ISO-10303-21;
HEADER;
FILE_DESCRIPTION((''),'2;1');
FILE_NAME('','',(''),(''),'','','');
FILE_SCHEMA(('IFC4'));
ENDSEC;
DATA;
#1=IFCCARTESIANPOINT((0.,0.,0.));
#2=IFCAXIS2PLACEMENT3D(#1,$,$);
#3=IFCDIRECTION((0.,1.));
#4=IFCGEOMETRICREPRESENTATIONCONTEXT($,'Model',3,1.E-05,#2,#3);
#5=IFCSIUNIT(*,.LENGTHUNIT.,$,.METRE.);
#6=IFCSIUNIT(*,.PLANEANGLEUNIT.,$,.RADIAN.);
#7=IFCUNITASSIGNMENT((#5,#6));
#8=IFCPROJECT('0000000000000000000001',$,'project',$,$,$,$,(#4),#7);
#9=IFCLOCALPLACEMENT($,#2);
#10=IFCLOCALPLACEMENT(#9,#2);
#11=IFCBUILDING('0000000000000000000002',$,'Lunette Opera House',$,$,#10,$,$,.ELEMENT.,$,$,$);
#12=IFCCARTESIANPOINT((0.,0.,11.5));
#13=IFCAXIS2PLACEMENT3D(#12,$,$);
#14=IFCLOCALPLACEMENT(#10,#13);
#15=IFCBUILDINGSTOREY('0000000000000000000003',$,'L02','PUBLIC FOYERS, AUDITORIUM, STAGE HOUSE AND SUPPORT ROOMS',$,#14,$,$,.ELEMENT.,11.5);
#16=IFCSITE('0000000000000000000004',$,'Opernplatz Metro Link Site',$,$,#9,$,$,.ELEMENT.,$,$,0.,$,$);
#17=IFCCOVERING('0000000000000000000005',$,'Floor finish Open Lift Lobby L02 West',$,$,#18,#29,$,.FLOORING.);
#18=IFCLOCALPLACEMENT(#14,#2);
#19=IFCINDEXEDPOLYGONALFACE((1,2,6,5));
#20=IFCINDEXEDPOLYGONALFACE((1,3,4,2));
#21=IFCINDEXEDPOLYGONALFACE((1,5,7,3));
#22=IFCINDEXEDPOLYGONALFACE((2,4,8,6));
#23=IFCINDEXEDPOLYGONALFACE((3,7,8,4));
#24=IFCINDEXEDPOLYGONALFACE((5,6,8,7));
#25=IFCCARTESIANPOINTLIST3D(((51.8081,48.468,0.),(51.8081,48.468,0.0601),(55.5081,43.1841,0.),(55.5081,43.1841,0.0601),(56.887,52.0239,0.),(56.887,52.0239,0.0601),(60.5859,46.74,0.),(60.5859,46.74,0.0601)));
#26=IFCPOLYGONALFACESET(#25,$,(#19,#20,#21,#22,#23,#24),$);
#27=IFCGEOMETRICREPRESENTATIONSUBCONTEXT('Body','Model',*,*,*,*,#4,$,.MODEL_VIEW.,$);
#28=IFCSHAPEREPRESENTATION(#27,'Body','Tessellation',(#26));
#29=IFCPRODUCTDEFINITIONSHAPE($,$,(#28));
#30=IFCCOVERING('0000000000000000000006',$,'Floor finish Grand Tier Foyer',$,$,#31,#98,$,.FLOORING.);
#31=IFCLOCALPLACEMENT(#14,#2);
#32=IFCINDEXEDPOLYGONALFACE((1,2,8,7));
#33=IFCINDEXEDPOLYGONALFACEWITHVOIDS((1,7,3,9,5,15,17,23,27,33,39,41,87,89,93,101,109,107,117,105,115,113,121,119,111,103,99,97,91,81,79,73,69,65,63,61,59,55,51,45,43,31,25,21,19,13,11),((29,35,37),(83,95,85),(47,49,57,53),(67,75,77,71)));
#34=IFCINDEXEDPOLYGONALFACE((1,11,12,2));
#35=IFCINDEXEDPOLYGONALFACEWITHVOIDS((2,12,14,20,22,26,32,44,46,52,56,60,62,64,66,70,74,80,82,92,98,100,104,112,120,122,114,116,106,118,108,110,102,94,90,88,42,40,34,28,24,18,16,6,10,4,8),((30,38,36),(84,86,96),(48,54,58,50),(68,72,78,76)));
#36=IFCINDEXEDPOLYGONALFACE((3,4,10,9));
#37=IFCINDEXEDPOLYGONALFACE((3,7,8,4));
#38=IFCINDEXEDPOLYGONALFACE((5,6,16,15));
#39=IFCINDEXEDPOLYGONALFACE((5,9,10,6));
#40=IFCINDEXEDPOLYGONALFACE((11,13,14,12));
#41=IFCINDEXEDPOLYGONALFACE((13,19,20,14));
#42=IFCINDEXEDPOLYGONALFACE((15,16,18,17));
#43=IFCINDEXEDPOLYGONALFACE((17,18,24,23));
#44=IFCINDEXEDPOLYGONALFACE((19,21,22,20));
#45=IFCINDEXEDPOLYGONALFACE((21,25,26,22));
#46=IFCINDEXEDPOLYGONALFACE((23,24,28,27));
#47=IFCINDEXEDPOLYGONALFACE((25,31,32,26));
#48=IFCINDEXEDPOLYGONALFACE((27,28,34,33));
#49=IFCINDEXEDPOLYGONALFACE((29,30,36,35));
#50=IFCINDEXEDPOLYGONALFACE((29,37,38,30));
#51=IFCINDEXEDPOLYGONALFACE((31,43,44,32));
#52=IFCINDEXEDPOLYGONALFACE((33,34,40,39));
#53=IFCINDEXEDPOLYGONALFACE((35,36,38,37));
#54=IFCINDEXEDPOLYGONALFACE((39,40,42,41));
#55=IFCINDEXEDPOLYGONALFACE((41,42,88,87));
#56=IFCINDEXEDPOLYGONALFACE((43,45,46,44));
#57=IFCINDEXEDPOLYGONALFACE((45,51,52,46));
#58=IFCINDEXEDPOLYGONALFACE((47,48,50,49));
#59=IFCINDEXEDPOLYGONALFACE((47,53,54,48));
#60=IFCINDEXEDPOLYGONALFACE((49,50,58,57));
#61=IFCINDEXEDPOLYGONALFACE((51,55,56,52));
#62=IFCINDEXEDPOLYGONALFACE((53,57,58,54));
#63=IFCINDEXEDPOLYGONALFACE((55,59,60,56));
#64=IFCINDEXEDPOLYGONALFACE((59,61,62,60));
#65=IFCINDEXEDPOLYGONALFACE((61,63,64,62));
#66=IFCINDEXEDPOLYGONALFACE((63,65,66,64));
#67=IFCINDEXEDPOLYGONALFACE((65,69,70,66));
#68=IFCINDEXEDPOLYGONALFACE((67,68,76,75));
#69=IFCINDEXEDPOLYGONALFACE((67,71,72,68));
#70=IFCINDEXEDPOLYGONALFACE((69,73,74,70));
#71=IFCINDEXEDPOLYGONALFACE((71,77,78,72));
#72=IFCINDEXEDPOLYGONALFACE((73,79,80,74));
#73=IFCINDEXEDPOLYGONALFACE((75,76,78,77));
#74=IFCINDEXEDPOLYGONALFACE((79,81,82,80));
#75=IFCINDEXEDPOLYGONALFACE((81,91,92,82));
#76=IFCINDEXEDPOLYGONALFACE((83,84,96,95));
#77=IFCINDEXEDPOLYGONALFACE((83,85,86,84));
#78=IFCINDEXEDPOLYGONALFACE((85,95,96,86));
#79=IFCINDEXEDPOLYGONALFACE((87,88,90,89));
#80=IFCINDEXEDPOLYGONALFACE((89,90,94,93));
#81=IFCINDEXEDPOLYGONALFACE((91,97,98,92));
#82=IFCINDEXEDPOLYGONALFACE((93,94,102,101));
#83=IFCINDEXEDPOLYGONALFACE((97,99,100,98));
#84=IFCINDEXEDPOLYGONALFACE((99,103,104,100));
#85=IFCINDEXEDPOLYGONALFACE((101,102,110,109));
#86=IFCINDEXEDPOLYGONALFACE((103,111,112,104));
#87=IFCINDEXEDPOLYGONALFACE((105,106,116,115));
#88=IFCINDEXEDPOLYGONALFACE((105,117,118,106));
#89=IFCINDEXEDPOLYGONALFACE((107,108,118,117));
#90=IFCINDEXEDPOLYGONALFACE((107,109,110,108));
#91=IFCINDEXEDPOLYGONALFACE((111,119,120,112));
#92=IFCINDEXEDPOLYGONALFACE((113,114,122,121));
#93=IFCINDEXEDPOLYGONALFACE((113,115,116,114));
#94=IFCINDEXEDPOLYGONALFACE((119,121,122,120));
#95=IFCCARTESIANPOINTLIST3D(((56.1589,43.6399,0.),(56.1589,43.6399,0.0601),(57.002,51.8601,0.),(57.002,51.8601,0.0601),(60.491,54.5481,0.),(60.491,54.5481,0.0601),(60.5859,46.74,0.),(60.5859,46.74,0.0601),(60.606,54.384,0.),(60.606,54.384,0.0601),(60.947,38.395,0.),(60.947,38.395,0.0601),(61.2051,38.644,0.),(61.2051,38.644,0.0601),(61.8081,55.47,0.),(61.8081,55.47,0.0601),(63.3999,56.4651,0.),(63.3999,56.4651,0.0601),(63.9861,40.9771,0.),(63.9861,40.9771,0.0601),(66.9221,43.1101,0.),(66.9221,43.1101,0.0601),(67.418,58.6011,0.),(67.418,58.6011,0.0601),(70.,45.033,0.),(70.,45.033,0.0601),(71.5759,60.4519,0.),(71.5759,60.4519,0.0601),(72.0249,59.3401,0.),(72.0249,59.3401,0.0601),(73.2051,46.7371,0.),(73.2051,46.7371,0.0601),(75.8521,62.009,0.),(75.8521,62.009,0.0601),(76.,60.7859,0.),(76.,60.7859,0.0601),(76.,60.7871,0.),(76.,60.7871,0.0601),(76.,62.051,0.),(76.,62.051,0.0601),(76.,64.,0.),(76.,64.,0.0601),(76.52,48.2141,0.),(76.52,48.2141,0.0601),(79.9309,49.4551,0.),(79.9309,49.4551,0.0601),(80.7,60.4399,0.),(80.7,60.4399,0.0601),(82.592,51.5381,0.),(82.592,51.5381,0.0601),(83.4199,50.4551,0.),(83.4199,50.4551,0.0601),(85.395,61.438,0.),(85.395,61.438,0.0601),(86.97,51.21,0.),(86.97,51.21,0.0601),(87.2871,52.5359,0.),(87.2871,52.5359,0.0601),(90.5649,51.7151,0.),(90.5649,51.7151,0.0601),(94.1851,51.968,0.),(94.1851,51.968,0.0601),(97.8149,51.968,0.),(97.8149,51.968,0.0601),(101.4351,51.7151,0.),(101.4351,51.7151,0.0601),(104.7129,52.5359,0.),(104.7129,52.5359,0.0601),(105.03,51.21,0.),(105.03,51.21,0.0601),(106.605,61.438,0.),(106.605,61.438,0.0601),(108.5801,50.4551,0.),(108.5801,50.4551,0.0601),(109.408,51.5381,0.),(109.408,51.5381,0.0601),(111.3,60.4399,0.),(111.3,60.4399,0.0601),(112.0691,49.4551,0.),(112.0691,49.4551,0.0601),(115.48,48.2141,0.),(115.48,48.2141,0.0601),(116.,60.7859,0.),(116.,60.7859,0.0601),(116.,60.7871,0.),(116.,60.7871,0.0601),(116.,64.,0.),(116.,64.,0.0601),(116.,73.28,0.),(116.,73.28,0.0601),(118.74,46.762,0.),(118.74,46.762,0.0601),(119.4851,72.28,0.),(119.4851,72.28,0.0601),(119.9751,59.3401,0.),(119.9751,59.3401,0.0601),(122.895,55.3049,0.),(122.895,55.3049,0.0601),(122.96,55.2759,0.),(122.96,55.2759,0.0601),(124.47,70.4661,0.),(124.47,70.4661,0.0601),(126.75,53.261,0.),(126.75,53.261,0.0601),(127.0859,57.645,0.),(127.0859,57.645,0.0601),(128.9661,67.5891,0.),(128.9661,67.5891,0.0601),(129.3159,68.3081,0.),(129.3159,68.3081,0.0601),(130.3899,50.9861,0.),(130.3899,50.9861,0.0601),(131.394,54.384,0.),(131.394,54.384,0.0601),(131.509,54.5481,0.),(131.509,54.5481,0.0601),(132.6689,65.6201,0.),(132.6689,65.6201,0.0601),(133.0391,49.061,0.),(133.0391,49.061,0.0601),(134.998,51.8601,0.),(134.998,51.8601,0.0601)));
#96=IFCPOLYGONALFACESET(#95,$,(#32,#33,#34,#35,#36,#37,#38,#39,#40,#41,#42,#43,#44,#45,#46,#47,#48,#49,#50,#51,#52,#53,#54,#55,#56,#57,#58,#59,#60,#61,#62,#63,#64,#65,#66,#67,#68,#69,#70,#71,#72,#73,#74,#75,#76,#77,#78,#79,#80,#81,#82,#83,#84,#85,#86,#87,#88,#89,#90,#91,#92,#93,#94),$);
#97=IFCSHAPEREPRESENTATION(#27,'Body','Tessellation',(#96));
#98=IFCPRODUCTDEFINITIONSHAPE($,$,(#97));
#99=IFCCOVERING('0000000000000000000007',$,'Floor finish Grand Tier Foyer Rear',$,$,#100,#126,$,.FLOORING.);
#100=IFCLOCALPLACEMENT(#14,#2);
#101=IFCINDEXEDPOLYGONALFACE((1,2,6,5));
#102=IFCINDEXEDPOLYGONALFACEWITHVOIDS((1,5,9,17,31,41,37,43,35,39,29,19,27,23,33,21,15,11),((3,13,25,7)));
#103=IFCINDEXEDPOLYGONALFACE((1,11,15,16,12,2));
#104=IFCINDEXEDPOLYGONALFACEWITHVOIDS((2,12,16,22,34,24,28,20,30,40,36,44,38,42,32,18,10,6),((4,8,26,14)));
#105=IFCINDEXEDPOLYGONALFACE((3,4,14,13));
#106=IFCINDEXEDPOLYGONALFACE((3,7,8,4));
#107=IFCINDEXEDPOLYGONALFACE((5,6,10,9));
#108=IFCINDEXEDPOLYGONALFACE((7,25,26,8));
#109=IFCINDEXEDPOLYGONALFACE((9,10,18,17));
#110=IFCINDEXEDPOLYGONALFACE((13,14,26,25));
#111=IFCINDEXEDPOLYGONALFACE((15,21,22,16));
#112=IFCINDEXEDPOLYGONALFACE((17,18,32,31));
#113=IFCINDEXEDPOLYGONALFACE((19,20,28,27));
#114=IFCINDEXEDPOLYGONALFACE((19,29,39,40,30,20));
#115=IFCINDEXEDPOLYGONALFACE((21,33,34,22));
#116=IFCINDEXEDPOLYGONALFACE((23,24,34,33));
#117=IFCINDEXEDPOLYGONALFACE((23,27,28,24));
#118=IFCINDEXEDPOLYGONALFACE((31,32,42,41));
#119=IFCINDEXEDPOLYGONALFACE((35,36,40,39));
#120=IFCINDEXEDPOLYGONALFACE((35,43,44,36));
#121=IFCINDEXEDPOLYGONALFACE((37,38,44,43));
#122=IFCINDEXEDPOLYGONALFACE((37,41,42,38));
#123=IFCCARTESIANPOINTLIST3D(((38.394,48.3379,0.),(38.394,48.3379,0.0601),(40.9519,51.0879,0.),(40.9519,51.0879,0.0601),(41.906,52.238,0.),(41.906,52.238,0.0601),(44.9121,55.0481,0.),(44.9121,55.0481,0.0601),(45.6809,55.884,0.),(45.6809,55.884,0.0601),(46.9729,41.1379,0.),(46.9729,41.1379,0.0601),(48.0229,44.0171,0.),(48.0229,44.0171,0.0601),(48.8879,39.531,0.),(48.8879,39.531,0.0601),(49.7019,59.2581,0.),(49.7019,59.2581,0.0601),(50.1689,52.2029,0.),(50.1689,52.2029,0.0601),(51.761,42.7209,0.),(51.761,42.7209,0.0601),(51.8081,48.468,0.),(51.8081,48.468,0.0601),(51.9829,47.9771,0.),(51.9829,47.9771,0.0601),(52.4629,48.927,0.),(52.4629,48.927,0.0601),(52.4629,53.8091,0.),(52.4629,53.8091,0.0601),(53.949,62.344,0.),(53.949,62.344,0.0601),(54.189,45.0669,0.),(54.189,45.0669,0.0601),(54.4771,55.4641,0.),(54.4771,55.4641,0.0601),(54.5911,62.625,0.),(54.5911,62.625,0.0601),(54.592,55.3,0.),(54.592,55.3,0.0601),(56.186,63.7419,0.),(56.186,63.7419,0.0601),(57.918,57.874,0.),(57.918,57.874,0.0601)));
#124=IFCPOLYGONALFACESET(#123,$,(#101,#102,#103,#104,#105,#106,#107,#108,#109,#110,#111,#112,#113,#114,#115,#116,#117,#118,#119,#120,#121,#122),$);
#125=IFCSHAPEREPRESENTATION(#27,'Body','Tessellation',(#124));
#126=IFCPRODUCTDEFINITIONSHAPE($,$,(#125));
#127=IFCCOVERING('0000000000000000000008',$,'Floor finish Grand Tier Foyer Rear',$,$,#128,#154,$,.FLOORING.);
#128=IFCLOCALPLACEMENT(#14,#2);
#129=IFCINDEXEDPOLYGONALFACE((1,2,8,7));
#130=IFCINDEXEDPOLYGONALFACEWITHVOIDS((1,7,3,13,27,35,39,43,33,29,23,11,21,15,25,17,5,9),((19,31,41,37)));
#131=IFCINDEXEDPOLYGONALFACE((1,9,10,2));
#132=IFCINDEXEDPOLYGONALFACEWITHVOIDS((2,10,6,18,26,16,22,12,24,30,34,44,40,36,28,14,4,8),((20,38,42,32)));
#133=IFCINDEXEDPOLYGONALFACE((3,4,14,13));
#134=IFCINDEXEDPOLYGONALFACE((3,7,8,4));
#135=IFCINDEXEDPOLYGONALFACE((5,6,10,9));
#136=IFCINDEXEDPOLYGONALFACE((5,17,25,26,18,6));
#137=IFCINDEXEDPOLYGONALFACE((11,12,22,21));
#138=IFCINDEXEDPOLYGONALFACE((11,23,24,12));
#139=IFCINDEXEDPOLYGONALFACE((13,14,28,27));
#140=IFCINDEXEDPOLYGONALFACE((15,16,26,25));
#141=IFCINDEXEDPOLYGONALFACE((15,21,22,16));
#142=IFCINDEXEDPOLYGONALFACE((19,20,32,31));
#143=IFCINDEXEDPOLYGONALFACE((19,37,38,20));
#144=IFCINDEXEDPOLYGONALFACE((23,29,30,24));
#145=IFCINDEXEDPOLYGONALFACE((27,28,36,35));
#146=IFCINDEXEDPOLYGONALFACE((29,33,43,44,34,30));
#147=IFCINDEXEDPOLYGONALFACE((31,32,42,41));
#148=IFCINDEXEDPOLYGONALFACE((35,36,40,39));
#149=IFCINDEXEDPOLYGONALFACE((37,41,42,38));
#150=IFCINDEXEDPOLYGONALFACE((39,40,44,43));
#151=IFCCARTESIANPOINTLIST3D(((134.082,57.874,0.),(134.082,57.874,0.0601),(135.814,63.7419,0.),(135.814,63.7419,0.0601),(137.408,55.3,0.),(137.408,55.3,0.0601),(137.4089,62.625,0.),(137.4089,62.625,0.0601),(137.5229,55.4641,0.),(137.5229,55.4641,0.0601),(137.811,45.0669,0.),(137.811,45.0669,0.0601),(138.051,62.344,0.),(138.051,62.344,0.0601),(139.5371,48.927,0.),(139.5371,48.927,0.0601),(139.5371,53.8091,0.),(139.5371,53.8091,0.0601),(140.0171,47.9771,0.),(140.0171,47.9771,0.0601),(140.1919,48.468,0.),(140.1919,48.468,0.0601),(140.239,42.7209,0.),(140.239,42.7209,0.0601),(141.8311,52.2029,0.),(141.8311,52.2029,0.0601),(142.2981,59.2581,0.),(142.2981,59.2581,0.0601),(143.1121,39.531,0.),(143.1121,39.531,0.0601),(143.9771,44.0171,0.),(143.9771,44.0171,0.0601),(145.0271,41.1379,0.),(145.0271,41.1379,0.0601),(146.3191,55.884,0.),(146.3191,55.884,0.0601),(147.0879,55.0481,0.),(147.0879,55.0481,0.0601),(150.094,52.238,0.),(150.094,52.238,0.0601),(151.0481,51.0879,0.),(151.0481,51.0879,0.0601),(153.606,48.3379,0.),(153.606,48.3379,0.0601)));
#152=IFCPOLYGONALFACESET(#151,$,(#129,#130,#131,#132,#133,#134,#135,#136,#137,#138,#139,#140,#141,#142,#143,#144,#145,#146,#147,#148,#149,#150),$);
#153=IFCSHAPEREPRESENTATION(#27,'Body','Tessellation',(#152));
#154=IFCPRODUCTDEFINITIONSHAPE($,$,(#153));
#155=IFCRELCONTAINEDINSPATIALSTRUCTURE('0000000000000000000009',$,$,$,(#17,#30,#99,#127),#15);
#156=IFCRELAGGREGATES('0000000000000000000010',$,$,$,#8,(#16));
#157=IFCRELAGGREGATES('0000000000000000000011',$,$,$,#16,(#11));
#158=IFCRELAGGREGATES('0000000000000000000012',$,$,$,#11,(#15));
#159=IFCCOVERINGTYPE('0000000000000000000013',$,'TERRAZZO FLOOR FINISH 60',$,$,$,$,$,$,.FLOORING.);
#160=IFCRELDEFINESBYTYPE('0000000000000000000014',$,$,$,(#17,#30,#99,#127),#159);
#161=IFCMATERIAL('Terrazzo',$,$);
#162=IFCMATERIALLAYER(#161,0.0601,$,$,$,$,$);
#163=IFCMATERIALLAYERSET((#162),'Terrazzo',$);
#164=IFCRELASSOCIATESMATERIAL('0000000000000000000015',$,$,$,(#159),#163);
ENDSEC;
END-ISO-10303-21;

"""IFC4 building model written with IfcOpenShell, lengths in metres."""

from ifc_helpers import new_model, si_unit, direction, frame, origin, place, context, subcontext, project, spatial, polyline, outline, extrude, material, layer, layer_set, type_object, element, save


model = new_model("IFC4")

# Units and contexts
model_context = context("Model", 3, precision=1e-05, world=origin(), true_north=direction((0.0, 1.0)))
body_context = subcontext(model_context, "Body", "Model", "MODEL_VIEW")
ifc_project = project(units=[si_unit("LENGTHUNIT", "METRE"), si_unit("PLANEANGLEUNIT", "RADIAN")], contexts=[model_context])

# Site, building, storey
site_placement = place(None, origin())
site = spatial("IfcSite", under=ifc_project, at=site_placement, Name="Opernplatz Metro Link Site", CompositionType="ELEMENT", RefElevation=0.0)
building_placement = place(site_placement, origin())
building = spatial("IfcBuilding", under=site, at=building_placement, Name="Lunette Opera House", CompositionType="ELEMENT")
storey_placement = place(building_placement, frame((0.0, 0.0, 11.5)))
storey = spatial("IfcBuildingStorey", under=building, at=storey_placement, Name="L02", Description="PUBLIC FOYERS, AUDITORIUM, STAGE HOUSE AND SUPPORT ROOMS", CompositionType="ELEMENT", Elevation=11.5)

# Coverings
ifc_material_1 = material(Name="Terrazzo")
ifc_layer_1 = layer(ifc_material_1, 0.0601)
ifc_layer_set_1 = layer_set([ifc_layer_1], Name="Terrazzo")
covering_type_1 = type_object("IfcCoveringType", Name="TERRAZZO FLOOR FINISH 60", PredefinedType="FLOORING", material=ifc_layer_set_1)
covering_1_placement = place(storey_placement, origin())
element("IfcCovering", 1, at=covering_1_placement, inside=storey, type_object=covering_type_1, Name="Floor finish Open Lift Lobby L02 West", PredefinedType="FLOORING", context=body_context, shape_type="SweptSolid", body=[
    extrude(outline(polyline([(60.5859, 46.74), (56.887, 52.0239), (51.8081, 48.468), (55.5081, 43.1841), (60.5859, 46.74)])), origin(), (0.0, 0.0, 1.0), 0.0601),
])
covering_2_placement = place(storey_placement, origin())
element("IfcCovering", 2, at=covering_2_placement, inside=storey, type_object=covering_type_1, Name="Floor finish Grand Tier Foyer", PredefinedType="FLOORING", context=body_context, shape_type="SweptSolid", body=[
    extrude(outline(polyline([(56.1589, 43.6399), (60.5859, 46.74), (57.002, 51.8601), (60.606, 54.384), (60.491, 54.5481), (61.8081, 55.47), (63.3999, 56.4651), (67.418, 58.6011), (71.5759, 60.4519), (75.8521, 62.009), (76.0, 62.051), (76.0, 64.0), (116.0, 64.0), (116.0, 73.28), (119.4851, 72.28), (124.47, 70.4661), (129.3159, 68.3081), (128.9661, 67.5891), (132.6689, 65.6201), (127.0859, 57.645), (131.509, 54.5481), (131.394, 54.384), (134.998, 51.8601), (133.0391, 49.061), (130.3899, 50.9861), (126.75, 53.261), (122.96, 55.2759), (122.895, 55.3049), (118.74, 46.762), (115.48, 48.2141), (112.0691, 49.4551), (108.5801, 50.4551), (105.03, 51.21), (101.4351, 51.7151), (97.8149, 51.968), (94.1851, 51.968), (90.5649, 51.7151), (86.97, 51.21), (83.4199, 50.4551), (79.9309, 49.4551), (76.52, 48.2141), (73.2051, 46.7371), (70.0, 45.033), (66.9221, 43.1101), (63.9861, 40.9771), (61.2051, 38.644), (60.947, 38.395), (56.1589, 43.6399)]), holes=[polyline([(119.9751, 59.3401), (116.0, 60.7871), (116.0, 60.7859), (119.9751, 59.3401)]), polyline([(106.605, 61.438), (104.7129, 52.5359), (109.408, 51.5381), (111.3, 60.4399), (106.605, 61.438)]), polyline([(80.7, 60.4399), (82.592, 51.5381), (87.2871, 52.5359), (85.395, 61.438), (80.7, 60.4399)]), polyline([(76.0, 60.7859), (76.0, 60.7871), (72.0249, 59.3401), (76.0, 60.7859)])]), origin(), (0.0, 0.0, 1.0), 0.0601),
])
covering_3_placement = place(storey_placement, origin())
element("IfcCovering", 3, at=covering_3_placement, inside=storey, type_object=covering_type_1, Name="Floor finish Grand Tier Foyer Rear", PredefinedType="FLOORING", context=body_context, shape_type="SweptSolid", body=[
    extrude(outline(polyline([(51.8081, 48.468), (54.189, 45.0669), (51.761, 42.7209), (48.8879, 39.531), (46.9729, 41.1379), (38.394, 48.3379), (41.906, 52.238), (45.6809, 55.884), (49.7019, 59.2581), (53.949, 62.344), (56.186, 63.7419), (54.5911, 62.625), (57.918, 57.874), (54.4771, 55.4641), (54.592, 55.3), (52.4629, 53.8091), (50.1689, 52.2029), (52.4629, 48.927), (51.8081, 48.468)]), holes=[polyline([(48.0229, 44.0171), (51.9829, 47.9771), (44.9121, 55.0481), (40.9519, 51.0879), (48.0229, 44.0171)])]), origin(), (0.0, 0.0, 1.0), 0.0601),
])
covering_4_placement = place(storey_placement, origin())
element("IfcCovering", 4, at=covering_4_placement, inside=storey, type_object=covering_type_1, Name="Floor finish Grand Tier Foyer Rear", PredefinedType="FLOORING", context=body_context, shape_type="SweptSolid", body=[
    extrude(outline(polyline([(141.8311, 52.2029), (139.5371, 53.8091), (137.408, 55.3), (137.5229, 55.4641), (134.082, 57.874), (137.4089, 62.625), (135.814, 63.7419), (138.051, 62.344), (142.2981, 59.2581), (146.3191, 55.884), (150.094, 52.238), (153.606, 48.3379), (145.0271, 41.1379), (143.1121, 39.531), (140.239, 42.7209), (137.811, 45.0669), (140.1919, 48.468), (139.5371, 48.927), (141.8311, 52.2029)]), holes=[polyline([(140.0171, 47.9771), (143.9771, 44.0171), (151.0481, 51.0879), (147.0879, 55.0481), (140.0171, 47.9771)])]), origin(), (0.0, 0.0, 1.0), 0.0601),
])

save(model, "model.ifc")
